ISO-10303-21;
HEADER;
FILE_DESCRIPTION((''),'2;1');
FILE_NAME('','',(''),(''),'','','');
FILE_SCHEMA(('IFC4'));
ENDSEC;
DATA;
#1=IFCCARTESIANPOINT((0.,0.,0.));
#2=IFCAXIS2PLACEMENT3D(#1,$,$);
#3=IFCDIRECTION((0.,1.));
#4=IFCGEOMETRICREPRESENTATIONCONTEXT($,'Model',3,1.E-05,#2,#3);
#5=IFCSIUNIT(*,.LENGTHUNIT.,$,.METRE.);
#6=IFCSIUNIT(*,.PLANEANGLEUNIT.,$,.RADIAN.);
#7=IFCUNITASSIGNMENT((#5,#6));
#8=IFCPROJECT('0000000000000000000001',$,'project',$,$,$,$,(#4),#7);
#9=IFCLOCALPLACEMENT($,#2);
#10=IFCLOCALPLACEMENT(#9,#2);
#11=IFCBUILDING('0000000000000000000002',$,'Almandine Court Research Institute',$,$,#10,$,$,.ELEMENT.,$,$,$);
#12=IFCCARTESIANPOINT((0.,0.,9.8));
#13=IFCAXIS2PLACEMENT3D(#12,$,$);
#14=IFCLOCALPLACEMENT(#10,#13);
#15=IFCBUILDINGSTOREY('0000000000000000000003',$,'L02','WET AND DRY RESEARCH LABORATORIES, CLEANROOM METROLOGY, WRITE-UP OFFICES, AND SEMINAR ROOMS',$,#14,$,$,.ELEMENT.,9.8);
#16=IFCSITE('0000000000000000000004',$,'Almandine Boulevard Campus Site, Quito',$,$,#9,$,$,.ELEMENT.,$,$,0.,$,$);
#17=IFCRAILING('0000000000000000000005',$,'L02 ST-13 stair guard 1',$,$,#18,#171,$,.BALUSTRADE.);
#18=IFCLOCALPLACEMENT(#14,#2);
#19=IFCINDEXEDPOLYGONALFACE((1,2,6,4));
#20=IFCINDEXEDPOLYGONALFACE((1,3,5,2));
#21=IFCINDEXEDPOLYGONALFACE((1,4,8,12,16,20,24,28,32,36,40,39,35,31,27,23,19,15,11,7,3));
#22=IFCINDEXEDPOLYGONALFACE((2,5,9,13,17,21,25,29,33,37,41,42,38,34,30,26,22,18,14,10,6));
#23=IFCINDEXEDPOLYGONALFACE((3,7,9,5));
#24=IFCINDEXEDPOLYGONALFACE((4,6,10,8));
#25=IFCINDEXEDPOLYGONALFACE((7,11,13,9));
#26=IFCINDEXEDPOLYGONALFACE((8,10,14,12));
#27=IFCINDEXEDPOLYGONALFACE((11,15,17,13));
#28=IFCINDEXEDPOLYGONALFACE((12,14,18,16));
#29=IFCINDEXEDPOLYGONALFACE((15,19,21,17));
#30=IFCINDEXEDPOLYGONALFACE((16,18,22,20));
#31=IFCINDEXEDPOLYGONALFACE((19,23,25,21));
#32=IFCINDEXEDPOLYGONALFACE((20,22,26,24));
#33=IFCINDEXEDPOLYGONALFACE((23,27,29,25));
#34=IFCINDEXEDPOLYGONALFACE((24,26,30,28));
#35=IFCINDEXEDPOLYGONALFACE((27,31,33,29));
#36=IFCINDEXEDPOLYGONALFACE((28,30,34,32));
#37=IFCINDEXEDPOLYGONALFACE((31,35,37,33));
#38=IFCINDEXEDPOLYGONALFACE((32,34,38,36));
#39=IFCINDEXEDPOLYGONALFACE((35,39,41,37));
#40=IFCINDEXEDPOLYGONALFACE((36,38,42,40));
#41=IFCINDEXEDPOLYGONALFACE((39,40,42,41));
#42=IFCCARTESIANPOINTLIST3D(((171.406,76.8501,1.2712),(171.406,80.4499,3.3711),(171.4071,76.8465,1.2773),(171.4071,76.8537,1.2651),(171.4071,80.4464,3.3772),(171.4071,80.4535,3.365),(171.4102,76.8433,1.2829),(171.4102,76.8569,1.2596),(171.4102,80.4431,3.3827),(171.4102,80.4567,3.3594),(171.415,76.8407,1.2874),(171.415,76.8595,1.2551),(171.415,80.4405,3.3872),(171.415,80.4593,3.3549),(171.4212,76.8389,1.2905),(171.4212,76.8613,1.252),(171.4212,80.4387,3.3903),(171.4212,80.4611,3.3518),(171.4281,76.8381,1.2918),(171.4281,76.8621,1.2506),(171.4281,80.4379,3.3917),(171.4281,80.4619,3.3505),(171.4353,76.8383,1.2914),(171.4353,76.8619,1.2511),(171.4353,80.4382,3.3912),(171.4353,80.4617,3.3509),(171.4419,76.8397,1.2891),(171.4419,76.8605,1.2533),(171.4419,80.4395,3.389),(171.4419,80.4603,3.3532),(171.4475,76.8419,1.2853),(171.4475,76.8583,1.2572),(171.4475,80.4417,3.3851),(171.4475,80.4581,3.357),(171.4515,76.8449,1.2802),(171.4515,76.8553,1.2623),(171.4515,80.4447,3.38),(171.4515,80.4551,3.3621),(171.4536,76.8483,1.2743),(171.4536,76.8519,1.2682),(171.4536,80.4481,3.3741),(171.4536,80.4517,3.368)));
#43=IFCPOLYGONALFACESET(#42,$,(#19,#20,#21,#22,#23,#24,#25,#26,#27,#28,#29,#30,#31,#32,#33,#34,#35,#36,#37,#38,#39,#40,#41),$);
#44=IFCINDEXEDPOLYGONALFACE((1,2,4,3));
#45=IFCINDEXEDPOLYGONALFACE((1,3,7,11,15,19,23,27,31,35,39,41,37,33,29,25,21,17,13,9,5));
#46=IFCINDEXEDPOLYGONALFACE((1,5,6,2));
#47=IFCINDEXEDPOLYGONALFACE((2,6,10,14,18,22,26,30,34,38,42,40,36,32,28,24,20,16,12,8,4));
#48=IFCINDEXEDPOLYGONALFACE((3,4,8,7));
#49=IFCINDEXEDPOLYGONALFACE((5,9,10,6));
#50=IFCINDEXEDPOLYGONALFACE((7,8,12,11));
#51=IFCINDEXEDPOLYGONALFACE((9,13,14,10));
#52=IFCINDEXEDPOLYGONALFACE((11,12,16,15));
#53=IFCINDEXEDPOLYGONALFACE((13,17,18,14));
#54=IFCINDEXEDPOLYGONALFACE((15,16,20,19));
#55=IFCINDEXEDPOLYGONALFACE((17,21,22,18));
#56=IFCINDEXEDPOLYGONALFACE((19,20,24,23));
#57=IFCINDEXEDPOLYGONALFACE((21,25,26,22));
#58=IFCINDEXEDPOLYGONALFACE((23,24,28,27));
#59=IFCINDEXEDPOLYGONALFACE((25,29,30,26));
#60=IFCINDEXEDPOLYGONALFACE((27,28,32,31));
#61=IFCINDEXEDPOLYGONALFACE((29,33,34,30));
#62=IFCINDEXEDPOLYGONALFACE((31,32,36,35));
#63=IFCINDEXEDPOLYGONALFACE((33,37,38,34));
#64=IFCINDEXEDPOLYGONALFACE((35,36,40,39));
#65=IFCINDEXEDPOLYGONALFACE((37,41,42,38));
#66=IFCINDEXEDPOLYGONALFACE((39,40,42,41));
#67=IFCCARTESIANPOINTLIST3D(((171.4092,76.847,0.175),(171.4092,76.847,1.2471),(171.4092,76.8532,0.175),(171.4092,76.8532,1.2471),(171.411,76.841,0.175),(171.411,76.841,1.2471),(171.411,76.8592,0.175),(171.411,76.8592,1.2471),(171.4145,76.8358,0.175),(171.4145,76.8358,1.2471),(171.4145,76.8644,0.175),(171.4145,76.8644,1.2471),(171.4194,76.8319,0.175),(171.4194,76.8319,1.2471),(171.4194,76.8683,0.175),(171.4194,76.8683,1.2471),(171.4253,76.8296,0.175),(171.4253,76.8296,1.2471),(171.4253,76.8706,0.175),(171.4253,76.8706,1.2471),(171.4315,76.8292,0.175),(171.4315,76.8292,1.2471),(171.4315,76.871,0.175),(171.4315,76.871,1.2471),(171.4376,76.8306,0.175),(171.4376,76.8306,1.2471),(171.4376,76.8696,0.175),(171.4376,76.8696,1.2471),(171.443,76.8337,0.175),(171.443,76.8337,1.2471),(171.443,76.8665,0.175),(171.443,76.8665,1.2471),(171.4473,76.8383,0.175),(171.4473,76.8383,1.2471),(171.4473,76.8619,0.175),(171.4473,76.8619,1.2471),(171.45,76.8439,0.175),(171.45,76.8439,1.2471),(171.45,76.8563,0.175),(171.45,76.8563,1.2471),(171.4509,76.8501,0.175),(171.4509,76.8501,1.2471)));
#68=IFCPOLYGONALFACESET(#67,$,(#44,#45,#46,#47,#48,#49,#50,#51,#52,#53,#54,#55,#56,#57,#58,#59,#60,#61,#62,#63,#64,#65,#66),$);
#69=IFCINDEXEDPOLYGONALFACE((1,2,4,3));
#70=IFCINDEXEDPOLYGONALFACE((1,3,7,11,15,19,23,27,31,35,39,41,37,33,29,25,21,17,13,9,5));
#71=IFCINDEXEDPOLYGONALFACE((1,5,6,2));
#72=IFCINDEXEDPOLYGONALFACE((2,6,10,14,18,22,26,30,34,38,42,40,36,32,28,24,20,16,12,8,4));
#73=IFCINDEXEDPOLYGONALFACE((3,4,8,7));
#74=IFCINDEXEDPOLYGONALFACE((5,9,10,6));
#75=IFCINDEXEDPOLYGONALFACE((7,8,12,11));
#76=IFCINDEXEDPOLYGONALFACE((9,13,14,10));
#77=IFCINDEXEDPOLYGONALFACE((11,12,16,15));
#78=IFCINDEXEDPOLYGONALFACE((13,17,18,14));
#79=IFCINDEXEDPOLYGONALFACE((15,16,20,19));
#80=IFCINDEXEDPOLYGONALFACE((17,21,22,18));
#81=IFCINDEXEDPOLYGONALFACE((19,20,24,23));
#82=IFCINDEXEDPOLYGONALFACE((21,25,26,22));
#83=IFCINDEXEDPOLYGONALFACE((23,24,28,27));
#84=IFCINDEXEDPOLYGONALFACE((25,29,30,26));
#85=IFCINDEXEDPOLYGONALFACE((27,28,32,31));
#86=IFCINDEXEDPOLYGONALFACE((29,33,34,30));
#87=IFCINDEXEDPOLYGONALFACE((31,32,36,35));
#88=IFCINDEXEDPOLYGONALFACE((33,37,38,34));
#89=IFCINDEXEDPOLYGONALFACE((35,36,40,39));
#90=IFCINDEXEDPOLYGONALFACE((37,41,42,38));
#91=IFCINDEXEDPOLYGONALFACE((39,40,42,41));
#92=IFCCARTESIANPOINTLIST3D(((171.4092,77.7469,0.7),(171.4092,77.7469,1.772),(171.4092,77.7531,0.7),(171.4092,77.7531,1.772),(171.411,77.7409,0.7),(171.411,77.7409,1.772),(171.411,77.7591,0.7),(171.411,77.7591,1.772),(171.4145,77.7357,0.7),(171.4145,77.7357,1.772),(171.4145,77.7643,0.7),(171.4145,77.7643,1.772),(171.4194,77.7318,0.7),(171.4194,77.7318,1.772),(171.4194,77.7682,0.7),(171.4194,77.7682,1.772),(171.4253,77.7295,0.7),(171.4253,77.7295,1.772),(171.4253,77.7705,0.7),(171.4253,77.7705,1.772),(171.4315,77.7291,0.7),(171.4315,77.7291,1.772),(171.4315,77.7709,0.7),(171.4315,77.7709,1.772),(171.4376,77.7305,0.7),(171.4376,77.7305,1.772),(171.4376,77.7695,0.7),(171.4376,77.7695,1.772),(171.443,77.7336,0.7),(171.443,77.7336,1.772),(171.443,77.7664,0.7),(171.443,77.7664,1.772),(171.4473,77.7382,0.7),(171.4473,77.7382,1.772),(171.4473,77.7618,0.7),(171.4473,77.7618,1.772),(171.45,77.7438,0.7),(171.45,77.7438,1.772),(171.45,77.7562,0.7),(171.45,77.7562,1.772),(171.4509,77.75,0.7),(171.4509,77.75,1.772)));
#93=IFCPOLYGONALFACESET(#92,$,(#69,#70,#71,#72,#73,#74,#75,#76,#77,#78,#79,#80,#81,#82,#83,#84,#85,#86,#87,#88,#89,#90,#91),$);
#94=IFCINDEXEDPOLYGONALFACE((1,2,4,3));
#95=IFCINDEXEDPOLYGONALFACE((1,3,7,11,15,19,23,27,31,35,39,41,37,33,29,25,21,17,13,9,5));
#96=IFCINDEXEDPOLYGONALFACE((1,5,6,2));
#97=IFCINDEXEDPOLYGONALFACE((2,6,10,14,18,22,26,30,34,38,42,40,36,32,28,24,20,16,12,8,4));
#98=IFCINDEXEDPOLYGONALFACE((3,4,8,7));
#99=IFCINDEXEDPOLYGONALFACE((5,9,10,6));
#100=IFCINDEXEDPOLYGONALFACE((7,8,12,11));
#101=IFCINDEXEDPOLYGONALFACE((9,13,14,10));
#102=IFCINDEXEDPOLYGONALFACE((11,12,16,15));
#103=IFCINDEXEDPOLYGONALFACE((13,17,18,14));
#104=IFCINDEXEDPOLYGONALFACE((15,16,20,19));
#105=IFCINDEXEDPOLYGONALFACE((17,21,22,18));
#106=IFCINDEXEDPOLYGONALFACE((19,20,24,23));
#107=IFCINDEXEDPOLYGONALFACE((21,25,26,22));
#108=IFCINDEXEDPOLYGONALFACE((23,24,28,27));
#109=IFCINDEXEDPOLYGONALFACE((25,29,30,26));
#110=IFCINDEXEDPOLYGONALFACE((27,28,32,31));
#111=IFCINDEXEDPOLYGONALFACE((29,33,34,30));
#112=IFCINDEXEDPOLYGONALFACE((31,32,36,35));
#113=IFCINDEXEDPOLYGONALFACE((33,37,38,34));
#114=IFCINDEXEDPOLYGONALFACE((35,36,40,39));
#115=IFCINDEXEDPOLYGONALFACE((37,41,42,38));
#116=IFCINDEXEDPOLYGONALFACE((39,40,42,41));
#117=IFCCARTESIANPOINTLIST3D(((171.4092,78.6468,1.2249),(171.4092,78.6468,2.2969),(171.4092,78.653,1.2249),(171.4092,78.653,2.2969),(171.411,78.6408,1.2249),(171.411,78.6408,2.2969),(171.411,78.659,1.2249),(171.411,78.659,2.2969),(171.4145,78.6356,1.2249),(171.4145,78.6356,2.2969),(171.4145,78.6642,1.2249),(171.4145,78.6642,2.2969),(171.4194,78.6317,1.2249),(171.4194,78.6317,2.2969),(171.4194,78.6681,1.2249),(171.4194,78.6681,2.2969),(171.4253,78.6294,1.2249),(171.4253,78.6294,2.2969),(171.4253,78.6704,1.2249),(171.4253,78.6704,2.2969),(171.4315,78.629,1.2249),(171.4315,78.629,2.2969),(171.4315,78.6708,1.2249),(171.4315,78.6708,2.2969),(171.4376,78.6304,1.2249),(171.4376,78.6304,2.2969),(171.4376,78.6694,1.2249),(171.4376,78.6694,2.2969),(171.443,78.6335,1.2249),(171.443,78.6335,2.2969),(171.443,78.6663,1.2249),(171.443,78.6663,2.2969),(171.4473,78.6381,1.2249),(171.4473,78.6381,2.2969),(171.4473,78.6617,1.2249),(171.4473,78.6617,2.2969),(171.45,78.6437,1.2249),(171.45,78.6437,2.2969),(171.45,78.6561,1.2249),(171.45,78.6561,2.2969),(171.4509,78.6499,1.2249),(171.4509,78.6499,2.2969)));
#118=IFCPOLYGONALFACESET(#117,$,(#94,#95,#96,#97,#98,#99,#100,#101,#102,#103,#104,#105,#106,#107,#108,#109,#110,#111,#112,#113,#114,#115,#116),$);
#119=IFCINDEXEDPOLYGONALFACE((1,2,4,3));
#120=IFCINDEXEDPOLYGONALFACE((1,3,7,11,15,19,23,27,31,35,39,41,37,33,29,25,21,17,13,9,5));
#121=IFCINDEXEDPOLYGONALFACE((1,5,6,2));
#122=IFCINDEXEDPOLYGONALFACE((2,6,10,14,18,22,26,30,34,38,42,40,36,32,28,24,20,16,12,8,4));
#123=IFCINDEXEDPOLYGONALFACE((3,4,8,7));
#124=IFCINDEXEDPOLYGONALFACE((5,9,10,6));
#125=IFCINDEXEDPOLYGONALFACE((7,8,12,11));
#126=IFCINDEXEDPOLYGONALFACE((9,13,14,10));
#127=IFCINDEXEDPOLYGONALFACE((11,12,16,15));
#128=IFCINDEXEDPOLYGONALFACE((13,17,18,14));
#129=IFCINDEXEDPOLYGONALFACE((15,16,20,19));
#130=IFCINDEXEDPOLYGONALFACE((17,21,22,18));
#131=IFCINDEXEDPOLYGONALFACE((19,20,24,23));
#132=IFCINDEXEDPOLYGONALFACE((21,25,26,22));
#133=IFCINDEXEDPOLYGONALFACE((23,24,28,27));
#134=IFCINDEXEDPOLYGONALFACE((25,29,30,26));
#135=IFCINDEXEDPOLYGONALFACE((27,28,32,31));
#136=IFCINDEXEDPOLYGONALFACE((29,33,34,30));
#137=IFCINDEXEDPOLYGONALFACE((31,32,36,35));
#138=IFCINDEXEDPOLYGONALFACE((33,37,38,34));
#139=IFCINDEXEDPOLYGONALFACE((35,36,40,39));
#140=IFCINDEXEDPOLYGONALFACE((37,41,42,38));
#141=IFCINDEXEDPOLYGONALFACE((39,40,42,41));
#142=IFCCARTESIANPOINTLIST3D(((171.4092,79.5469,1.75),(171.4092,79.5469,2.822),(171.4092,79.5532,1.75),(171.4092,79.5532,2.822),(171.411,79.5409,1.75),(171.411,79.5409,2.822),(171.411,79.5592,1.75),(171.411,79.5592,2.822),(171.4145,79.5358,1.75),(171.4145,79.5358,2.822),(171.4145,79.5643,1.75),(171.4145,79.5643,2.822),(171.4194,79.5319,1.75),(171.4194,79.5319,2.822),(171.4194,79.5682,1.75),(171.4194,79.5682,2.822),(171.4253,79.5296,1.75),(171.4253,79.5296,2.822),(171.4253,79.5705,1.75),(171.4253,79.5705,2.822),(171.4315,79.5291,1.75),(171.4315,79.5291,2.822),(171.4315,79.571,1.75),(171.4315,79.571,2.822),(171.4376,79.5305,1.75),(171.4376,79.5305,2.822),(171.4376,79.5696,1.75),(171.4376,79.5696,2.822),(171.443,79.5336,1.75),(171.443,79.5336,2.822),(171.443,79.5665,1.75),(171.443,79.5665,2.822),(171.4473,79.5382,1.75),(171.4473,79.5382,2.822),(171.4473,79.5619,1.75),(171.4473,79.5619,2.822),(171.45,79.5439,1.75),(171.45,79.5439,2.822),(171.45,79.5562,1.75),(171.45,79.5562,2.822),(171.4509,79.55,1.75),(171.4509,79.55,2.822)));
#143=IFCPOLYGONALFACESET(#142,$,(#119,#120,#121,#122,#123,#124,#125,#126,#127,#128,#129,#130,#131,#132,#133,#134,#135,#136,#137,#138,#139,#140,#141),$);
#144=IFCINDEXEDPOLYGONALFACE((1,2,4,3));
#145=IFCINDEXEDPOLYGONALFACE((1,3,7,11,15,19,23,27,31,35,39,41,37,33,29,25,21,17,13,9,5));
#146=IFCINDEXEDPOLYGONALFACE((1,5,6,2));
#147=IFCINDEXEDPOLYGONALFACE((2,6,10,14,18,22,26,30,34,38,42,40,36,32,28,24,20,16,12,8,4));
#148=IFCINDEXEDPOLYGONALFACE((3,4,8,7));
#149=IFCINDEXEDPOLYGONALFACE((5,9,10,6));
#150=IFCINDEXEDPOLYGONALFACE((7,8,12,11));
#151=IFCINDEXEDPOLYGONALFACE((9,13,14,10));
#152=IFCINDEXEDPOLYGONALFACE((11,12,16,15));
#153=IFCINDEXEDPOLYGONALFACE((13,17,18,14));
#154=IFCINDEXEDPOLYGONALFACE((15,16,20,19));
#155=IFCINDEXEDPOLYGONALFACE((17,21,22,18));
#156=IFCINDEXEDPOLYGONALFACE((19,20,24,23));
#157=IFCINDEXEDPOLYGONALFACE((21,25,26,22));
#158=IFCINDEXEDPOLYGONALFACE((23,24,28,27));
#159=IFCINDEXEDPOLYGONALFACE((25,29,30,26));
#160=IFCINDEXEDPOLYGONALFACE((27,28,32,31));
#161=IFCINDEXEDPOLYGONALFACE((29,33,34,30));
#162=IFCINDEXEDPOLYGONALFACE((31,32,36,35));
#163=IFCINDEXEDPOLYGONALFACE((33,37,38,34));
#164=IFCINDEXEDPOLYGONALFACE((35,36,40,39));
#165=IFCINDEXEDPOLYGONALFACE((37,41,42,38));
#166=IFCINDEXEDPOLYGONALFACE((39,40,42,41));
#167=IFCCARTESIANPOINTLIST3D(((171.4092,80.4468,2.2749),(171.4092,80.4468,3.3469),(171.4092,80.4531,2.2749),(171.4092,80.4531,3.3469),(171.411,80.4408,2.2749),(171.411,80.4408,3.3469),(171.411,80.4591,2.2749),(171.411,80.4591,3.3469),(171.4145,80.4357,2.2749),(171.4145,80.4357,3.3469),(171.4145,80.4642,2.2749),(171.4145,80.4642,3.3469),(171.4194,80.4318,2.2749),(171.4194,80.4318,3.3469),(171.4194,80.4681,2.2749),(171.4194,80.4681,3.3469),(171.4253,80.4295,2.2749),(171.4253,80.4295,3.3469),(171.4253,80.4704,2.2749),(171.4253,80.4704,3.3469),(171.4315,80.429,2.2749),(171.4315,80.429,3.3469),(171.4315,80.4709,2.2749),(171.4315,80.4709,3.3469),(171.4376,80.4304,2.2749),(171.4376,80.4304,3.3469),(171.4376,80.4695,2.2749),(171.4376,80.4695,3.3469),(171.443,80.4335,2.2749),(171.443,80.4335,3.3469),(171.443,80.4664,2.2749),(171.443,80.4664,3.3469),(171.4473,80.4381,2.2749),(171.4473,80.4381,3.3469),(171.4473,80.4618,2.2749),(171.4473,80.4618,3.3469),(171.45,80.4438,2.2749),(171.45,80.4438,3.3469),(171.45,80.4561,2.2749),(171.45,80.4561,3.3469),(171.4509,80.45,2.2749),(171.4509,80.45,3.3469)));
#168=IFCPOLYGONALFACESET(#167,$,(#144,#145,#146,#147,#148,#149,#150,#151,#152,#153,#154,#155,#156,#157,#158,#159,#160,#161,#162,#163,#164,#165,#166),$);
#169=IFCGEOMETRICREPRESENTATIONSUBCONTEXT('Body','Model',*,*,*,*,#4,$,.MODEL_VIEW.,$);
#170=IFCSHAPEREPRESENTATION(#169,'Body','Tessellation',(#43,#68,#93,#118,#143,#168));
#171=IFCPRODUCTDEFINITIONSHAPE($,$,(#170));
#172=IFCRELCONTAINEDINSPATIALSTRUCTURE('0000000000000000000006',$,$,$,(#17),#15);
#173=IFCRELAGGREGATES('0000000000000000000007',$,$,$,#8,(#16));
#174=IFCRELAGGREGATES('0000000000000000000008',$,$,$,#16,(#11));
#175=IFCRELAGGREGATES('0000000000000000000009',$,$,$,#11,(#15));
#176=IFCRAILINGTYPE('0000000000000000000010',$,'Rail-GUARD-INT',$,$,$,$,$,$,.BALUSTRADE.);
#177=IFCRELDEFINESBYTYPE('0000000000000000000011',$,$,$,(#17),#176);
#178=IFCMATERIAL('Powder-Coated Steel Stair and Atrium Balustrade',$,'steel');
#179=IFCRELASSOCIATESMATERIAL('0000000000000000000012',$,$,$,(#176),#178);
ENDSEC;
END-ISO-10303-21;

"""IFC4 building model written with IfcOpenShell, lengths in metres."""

from ifc_helpers import new_model, si_unit, direction, frame, origin, origin_2d, place, context, subcontext, project, spatial, circle, extrude, material, type_object, element, save


model = new_model("IFC4")

# Units and contexts
model_context = context("Model", 3, precision=1e-05, world=origin(), true_north=direction((0.0, 1.0)))
body_context = subcontext(model_context, "Body", "Model", "MODEL_VIEW")
ifc_project = project(units=[si_unit("LENGTHUNIT", "METRE"), si_unit("PLANEANGLEUNIT", "RADIAN")], contexts=[model_context])

# Site, building, storey
site_placement = place(None, origin())
site = spatial("IfcSite", under=ifc_project, at=site_placement, Name="Almandine Boulevard Campus Site, Quito", CompositionType="ELEMENT", RefElevation=0.0)
building_placement = place(site_placement, origin())
building = spatial("IfcBuilding", under=site, at=building_placement, Name="Almandine Court Research Institute", CompositionType="ELEMENT")
storey_placement = place(building_placement, frame((0.0, 0.0, 9.8)))
storey = spatial("IfcBuildingStorey", under=building, at=storey_placement, Name="L02", Description="WET AND DRY RESEARCH LABORATORIES, CLEANROOM METROLOGY, WRITE-UP OFFICES, AND SEMINAR ROOMS", CompositionType="ELEMENT", Elevation=9.8)

# Railing
ifc_material_1 = material(Name="Powder-Coated Steel Stair and Atrium Balustrade", Category="steel")
railing_type_1 = type_object("IfcRailingType", Name="Rail-GUARD-INT", PredefinedType="BALUSTRADE", material=ifc_material_1)
railing_1_placement = place(storey_placement, frame((171.4299, 76.8501, 0.175)))
element("IfcRailing", 1, at=railing_1_placement, inside=storey, type_object=railing_type_1, Name="L02 ST-13 stair guard 1", PredefinedType="BALUSTRADE", context=body_context, shape_type="SweptSolid", body=[
    extrude(circle(Radius=0.0239, at=origin_2d()), frame((0.0, 0.0, 1.0962), z_axis=(0.0, 0.863785, 0.50386), x_axis=(-1.0, 0.0, 0.0)), (0.0, 0.0, 1.0), 4.1675),
    extrude(circle(Radius=0.021, at=origin_2d()), origin(), (0.0, 0.0, 1.0), 1.072),
    extrude(circle(Radius=0.021, at=origin_2d()), frame((0.0, 0.8999, 0.5249)), (0.0, 0.0, 1.0), 1.072),
    extrude(circle(Radius=0.021, at=origin_2d()), frame((0.0, 1.7998, 1.0498)), (0.0, 0.0, 1.0), 1.072),
    extrude(circle(Radius=0.021, at=origin_2d()), frame((0.0, 2.7, 1.575)), (0.0, 0.0, 1.0), 1.072),
    extrude(circle(Radius=0.021, at=origin_2d()), frame((0.0, 3.5999, 2.0999)), (0.0, 0.0, 1.0), 1.072),
])

save(model, "model.ifc")
